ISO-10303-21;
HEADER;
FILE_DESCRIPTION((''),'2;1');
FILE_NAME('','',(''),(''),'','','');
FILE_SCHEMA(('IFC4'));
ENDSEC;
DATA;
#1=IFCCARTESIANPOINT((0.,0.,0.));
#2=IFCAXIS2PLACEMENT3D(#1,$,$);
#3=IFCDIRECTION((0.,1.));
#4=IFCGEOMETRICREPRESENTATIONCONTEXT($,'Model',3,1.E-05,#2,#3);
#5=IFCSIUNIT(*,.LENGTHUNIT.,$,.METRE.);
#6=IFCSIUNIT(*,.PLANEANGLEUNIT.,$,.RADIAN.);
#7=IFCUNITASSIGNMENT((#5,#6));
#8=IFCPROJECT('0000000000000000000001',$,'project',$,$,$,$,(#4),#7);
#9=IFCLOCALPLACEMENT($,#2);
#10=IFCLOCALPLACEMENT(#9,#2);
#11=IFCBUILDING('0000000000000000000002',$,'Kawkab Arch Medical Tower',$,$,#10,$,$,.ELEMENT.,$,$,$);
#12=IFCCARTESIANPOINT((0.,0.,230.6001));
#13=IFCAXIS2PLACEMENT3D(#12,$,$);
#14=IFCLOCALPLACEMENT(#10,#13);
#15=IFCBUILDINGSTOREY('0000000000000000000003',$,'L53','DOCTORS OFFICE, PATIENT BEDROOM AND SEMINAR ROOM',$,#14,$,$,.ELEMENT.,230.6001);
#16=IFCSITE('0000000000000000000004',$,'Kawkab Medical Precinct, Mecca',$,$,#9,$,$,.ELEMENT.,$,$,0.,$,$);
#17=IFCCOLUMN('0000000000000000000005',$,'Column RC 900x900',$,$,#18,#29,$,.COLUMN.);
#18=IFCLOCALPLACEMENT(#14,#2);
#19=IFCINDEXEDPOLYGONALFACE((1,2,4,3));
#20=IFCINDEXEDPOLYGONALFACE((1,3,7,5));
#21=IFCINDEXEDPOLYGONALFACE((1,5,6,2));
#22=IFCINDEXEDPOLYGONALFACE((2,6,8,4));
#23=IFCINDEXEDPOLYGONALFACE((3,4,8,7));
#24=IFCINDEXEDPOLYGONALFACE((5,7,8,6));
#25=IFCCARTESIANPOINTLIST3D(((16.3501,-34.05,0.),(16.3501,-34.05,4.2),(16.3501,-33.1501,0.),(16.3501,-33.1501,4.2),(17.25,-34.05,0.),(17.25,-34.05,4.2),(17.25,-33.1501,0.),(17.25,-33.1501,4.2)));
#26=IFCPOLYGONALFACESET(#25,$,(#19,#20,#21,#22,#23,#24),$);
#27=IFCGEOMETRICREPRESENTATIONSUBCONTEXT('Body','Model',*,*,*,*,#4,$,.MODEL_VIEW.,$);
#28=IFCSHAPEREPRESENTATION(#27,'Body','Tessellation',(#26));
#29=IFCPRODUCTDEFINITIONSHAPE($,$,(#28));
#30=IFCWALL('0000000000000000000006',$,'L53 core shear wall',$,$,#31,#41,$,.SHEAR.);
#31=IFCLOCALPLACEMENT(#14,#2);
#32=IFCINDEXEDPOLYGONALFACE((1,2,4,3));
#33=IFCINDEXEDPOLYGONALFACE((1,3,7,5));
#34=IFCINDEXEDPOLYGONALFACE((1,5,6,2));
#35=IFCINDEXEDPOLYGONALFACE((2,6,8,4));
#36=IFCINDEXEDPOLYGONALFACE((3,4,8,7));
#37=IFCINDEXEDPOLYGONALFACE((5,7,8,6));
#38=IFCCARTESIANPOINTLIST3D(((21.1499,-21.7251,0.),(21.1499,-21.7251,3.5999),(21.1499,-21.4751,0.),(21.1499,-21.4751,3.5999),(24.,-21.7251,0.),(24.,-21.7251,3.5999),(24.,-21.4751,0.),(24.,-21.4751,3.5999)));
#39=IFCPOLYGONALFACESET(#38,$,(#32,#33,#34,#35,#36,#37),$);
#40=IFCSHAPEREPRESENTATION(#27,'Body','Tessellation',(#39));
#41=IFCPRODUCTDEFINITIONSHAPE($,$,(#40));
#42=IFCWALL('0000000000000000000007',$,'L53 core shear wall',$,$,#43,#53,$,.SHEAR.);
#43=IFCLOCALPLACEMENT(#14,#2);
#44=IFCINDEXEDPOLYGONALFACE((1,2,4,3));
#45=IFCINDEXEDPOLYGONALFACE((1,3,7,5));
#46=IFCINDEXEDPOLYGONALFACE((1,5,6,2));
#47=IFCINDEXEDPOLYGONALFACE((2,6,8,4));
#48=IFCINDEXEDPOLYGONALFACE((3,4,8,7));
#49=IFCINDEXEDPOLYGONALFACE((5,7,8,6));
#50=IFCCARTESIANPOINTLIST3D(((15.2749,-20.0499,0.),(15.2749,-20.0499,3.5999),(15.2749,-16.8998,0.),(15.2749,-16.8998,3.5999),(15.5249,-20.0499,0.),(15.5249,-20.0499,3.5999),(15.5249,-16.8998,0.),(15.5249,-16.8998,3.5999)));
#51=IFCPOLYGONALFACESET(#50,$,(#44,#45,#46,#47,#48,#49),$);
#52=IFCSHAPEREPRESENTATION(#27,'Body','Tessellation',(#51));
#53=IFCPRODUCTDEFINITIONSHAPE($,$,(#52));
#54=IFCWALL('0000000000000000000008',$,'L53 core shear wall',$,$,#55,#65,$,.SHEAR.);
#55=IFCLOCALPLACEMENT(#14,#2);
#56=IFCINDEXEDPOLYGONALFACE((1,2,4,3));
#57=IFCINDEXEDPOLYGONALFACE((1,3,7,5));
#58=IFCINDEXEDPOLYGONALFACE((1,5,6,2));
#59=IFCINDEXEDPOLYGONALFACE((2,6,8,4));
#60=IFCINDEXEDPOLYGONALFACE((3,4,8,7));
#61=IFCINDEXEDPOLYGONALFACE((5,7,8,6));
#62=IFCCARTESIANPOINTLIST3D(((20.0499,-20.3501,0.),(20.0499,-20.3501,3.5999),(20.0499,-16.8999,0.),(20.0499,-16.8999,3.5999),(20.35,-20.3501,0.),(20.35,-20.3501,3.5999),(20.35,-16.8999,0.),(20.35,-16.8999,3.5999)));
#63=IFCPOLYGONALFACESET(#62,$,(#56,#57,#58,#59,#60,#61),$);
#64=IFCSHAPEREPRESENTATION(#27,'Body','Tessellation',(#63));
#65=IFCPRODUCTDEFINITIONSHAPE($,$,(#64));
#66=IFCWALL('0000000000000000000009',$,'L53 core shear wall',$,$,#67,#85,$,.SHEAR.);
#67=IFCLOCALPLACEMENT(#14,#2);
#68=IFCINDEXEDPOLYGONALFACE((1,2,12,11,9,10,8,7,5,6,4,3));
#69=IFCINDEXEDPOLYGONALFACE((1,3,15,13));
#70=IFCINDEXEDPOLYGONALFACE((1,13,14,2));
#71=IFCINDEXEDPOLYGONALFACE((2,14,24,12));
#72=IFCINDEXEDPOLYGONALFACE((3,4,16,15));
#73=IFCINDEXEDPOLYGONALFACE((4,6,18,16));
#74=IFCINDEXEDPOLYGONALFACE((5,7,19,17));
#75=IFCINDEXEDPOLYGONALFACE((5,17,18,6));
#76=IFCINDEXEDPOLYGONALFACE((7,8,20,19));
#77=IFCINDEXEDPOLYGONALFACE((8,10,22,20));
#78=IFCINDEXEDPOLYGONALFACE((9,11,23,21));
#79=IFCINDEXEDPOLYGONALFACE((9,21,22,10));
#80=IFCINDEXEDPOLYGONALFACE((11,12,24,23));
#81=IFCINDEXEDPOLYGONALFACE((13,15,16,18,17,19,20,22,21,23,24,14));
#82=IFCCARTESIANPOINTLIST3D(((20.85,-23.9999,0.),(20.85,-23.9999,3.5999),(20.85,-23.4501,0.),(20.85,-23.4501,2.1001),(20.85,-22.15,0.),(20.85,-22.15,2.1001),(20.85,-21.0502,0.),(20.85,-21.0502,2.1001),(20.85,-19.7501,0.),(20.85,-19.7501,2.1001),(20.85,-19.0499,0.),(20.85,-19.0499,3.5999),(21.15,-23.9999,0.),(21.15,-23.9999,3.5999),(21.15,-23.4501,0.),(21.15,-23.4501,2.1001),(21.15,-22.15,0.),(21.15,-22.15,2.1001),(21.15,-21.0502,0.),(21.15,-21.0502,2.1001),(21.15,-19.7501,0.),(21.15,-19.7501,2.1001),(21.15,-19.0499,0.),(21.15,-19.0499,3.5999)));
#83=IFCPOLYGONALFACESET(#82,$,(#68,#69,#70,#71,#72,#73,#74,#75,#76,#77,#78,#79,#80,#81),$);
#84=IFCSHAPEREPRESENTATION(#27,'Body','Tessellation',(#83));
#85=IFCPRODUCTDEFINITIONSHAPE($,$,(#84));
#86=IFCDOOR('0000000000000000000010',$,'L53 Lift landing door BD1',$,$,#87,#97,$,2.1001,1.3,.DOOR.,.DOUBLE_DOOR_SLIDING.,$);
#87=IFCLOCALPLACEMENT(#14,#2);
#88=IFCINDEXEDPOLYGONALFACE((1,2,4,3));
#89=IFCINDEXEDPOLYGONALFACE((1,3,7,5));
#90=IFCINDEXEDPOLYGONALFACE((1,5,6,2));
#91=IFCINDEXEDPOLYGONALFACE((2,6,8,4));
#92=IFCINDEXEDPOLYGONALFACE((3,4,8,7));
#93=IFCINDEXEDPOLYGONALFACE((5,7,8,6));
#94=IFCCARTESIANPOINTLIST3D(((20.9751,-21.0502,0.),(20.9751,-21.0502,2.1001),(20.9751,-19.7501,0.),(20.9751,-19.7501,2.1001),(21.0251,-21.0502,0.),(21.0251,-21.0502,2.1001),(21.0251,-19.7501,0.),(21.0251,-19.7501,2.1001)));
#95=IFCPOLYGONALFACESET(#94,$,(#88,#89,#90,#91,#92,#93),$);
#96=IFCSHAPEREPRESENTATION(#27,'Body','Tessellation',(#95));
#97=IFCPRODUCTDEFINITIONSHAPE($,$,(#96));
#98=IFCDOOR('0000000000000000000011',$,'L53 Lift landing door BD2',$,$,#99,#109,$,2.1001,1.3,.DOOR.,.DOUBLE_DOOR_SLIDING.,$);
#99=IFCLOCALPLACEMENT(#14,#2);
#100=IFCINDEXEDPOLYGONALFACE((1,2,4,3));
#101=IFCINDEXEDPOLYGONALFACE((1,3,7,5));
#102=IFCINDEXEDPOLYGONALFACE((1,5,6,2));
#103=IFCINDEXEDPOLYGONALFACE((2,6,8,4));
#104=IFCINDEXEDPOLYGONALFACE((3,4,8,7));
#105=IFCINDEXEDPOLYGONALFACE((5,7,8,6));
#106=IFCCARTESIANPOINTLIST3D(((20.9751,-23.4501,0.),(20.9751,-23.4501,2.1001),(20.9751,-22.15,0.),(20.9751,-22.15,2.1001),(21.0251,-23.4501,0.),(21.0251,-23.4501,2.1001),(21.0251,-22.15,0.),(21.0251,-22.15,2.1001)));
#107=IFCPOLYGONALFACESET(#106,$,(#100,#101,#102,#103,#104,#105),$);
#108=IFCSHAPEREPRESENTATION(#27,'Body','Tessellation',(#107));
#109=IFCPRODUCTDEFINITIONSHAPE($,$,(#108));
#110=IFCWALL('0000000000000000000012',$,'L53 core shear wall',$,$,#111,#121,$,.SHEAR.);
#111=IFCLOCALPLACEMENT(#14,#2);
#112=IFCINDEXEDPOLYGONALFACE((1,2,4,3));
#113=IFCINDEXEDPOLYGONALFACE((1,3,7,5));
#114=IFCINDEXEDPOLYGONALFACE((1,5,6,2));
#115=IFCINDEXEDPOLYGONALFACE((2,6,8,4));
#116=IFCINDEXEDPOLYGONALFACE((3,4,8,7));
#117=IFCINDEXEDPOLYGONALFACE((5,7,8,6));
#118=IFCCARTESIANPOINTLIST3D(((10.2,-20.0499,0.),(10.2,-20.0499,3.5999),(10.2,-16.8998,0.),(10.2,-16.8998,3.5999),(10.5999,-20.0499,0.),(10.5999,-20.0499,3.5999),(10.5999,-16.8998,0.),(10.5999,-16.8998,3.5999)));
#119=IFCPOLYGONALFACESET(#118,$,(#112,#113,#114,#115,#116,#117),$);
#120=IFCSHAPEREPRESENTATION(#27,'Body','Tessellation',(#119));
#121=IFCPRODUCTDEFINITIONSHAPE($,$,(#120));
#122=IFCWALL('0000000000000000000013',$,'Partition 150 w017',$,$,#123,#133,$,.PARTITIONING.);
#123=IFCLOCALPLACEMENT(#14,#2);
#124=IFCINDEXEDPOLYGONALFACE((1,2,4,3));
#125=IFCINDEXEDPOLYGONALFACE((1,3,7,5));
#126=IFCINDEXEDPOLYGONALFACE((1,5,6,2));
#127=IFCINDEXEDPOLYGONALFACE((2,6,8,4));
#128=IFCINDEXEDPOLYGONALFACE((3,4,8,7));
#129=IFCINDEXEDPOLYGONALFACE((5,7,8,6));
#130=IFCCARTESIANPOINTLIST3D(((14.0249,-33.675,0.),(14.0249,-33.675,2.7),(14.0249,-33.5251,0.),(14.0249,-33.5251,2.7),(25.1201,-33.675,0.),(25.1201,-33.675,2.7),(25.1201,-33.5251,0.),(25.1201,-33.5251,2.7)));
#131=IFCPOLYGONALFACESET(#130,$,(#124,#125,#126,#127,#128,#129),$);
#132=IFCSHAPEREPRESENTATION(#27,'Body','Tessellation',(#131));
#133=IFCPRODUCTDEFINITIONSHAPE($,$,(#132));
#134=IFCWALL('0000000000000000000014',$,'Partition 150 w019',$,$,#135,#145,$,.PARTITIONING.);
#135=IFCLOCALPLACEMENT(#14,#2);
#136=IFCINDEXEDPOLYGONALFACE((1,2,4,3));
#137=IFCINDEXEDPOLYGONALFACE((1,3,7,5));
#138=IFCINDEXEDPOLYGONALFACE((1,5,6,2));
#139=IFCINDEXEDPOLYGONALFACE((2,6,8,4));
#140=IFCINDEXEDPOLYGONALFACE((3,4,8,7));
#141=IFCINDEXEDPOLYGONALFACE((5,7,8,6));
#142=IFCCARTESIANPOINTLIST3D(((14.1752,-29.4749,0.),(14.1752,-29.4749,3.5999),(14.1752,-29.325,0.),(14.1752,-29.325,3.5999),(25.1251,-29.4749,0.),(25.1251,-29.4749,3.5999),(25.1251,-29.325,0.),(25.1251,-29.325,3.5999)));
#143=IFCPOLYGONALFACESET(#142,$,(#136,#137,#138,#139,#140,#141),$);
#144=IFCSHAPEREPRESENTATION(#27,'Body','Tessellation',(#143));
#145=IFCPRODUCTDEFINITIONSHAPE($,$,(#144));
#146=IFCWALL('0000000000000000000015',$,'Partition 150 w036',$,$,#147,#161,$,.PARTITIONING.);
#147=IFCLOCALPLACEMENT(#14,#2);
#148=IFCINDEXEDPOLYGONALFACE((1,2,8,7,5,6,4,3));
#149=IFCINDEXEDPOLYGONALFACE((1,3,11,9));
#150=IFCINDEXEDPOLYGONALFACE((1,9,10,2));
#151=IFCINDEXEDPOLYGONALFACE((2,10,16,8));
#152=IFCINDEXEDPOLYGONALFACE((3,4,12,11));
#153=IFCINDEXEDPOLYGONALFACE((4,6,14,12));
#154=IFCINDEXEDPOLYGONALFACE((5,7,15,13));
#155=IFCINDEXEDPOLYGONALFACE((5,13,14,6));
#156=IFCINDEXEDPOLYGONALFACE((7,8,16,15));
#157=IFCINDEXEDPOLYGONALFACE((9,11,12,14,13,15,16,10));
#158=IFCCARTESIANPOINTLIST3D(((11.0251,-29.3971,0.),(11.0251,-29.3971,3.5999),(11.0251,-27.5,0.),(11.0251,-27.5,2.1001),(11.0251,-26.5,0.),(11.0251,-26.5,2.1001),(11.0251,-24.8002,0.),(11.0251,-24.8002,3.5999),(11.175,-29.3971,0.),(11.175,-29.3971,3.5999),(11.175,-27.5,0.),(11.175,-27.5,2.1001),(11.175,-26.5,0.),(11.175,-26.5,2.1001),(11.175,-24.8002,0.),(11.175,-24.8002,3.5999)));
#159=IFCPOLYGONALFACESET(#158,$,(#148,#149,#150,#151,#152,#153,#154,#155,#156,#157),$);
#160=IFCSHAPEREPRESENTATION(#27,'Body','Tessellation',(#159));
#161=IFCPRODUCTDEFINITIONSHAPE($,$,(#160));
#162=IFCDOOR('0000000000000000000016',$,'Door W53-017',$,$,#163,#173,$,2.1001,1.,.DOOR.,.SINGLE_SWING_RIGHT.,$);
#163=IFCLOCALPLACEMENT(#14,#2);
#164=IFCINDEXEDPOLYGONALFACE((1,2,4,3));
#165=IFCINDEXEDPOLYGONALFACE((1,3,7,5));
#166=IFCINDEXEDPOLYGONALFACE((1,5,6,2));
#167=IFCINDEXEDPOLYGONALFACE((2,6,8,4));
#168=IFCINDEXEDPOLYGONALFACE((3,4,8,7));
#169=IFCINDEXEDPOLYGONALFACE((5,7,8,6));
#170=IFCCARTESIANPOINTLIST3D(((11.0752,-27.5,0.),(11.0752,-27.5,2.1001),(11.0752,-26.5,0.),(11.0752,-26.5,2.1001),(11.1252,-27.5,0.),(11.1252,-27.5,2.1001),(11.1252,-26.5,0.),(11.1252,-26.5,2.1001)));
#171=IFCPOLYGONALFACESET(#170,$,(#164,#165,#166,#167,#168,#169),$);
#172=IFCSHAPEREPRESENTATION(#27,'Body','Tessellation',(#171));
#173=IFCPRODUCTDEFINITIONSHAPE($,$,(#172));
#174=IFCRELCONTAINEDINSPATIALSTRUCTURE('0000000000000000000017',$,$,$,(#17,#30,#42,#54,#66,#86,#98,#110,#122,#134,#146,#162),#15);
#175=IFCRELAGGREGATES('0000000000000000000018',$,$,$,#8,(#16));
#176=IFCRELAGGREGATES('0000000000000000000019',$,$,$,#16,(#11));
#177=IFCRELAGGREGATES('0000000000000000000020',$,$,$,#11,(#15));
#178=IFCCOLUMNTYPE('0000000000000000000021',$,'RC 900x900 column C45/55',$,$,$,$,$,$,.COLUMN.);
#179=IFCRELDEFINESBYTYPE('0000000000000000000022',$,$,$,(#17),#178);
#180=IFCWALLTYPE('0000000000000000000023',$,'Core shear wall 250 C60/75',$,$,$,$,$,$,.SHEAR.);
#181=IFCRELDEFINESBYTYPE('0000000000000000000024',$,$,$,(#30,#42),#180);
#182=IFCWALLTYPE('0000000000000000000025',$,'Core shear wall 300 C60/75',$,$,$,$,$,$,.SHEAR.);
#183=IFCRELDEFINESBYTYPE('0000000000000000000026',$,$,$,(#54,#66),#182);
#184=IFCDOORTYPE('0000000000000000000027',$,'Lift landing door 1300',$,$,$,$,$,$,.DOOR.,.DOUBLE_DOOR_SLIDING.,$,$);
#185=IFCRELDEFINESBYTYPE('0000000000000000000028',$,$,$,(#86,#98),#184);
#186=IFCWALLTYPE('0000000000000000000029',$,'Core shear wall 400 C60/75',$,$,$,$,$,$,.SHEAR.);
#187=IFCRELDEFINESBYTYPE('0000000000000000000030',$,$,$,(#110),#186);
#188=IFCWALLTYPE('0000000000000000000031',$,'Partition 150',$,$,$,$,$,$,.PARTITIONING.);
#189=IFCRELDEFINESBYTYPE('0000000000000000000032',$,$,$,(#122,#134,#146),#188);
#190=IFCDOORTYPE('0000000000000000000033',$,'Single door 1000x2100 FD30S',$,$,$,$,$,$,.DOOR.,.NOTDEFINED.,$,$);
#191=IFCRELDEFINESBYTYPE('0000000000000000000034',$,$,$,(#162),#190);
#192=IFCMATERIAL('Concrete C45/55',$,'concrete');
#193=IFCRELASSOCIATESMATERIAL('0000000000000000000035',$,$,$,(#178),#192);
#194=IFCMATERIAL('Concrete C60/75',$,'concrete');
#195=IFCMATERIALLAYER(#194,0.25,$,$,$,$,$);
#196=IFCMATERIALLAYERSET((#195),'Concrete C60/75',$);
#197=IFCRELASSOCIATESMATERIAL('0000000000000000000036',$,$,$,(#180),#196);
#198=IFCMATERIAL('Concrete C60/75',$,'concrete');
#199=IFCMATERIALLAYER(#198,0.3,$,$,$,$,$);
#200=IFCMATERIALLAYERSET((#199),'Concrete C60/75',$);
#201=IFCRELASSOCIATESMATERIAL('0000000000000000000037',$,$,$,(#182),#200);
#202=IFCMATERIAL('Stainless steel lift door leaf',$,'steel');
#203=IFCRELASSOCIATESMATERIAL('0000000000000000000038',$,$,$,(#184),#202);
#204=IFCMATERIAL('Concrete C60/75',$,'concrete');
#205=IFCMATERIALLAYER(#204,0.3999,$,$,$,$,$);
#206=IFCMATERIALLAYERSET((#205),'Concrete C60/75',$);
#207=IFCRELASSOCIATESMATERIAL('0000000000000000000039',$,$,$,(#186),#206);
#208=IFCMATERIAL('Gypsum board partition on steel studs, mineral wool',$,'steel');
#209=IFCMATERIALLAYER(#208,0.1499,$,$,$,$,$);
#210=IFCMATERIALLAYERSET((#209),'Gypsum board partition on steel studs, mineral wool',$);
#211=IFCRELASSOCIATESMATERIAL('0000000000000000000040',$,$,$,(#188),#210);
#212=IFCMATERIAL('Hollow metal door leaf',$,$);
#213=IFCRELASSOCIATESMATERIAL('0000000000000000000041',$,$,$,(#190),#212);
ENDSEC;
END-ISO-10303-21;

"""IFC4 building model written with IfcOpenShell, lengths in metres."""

from ifc_helpers import new_model, si_unit, direction, frame, frame_2d, origin, origin_2d, place, context, subcontext, project, spatial, rectangle, extrude, material, layer, layer_set, material_profile, profile_set, type_object, element, fill, save


model = new_model("IFC4")

# Units and contexts
model_context = context("Model", 3, precision=1e-05, world=origin(), true_north=direction((0.0, 1.0)))
body_context = subcontext(model_context, "Body", "Model", "MODEL_VIEW")
ifc_project = project(units=[si_unit("LENGTHUNIT", "METRE"), si_unit("PLANEANGLEUNIT", "RADIAN")], contexts=[model_context])

# Site, building, storey
site_placement = place(None, origin())
site = spatial("IfcSite", under=ifc_project, at=site_placement, Name="Kawkab Medical Precinct, Mecca", CompositionType="ELEMENT", RefElevation=0.0)
building_placement = place(site_placement, origin())
building = spatial("IfcBuilding", under=site, at=building_placement, Name="Kawkab Arch Medical Tower", CompositionType="ELEMENT")
storey_placement = place(building_placement, frame((0.0, 0.0, 230.6001)))
storey = spatial("IfcBuildingStorey", under=building, at=storey_placement, Name="L53", Description="DOCTORS OFFICE, PATIENT BEDROOM AND SEMINAR ROOM", CompositionType="ELEMENT", Elevation=230.6001)

# Column
ifc_material_1 = material(Name="Concrete C45/55", Category="concrete")
ifc_material_profile = material_profile(ifc_material_1, rectangle(XDim=0.8999, YDim=0.8999, at=origin_2d()), Name="RC 900x900")
ifc_profile_set = profile_set([ifc_material_profile], Name="Concrete C45/55")
column_type = type_object("IfcColumnType", Name="RC 900x900 column C45/55", PredefinedType="COLUMN", material=ifc_profile_set)
column_placement = place(storey_placement, frame((16.8, -33.6001, 0.0), z_axis=(0.0, 0.0, 1.0), x_axis=(1.0, 0.0, 0.0)))
element("IfcColumn", 1, at=column_placement, inside=storey, type_object=column_type, Name="Column RC 900x900", PredefinedType="COLUMN", context=body_context, shape_type="SweptSolid", body=[
    extrude(rectangle(XDim=0.8999, YDim=0.8999, at=origin_2d()), origin(), (0.0, 0.0, 1.0), 4.2),
])

# Walls
ifc_material_2 = material(Name="Concrete C60/75", Category="concrete")
ifc_layer_1 = layer(ifc_material_2, 0.25)
ifc_layer_set_1 = layer_set([ifc_layer_1], Name="Concrete C60/75")
wall_type_1 = type_object("IfcWallType", Name="Core shear wall 250 C60/75", PredefinedType="SHEAR", material=ifc_layer_set_1)
wall_1_placement = place(storey_placement, frame((21.1499, -21.6001, 0.0), z_axis=(0.0, 0.0, 1.0), x_axis=(1.0, 0.0, 0.0)))
element("IfcWall", 2, at=wall_1_placement, inside=storey, type_object=wall_type_1, Name="L53 core shear wall", PredefinedType="SHEAR", context=body_context, shape_type="SweptSolid", body=[
    extrude(rectangle(XDim=2.8501, YDim=0.25, at=frame_2d((1.425, 0.0))), origin(), (0.0, 0.0, 1.0), 3.5999),
])
wall_2_placement = place(storey_placement, frame((15.3999, -20.05, 0.0), z_axis=(0.0, 0.0, 1.0), x_axis=(0.0, 1.0, 0.0)))
element("IfcWall", 3, at=wall_2_placement, inside=storey, type_object=wall_type_1, Name="L53 core shear wall", PredefinedType="SHEAR", context=body_context, shape_type="SweptSolid", body=[
    extrude(rectangle(XDim=3.1501, YDim=0.25, at=frame_2d((1.5752, 0.0))), origin(), (0.0, 0.0, 1.0), 3.5999),
])
ifc_material_3 = material(Name="Concrete C60/75", Category="concrete")
ifc_layer_2 = layer(ifc_material_3, 0.3)
ifc_layer_set_2 = layer_set([ifc_layer_2], Name="Concrete C60/75")
wall_type_2 = type_object("IfcWallType", Name="Core shear wall 300 C60/75", PredefinedType="SHEAR", material=ifc_layer_set_2)
wall_3_placement = place(storey_placement, frame((20.2, -20.3501, 0.0), z_axis=(0.0, 0.0, 1.0), x_axis=(0.0, 1.0, 0.0)))
element("IfcWall", 4, at=wall_3_placement, inside=storey, type_object=wall_type_2, Name="L53 core shear wall", PredefinedType="SHEAR", context=body_context, shape_type="SweptSolid", body=[
    extrude(rectangle(XDim=3.4502, YDim=0.3, at=frame_2d((1.7251, 0.0))), origin(), (0.0, 0.0, 1.0), 3.5999),
])

# Wall, openings, doors
wall_4_placement = place(storey_placement, frame((21.0, -24.0, 0.0), z_axis=(0.0, 0.0, 1.0), x_axis=(0.0, 1.0, 0.0)))
wall_4 = element("IfcWall", 5, at=wall_4_placement, inside=storey, type_object=wall_type_2, Name="L53 core shear wall", PredefinedType="SHEAR", context=body_context, shape_type="SweptSolid", body=[
    extrude(rectangle(XDim=4.95, YDim=0.3, at=frame_2d((2.4751, 0.0))), origin(), (0.0, 0.0, 1.0), 3.5999),
])
opening_1_placement = place(wall_4_placement, frame((2.95, 0.0, 0.0)))
opening_1 = element("IfcOpeningElement", 6, at=opening_1_placement, cuts=wall_4, PredefinedType="OPENING", context=body_context, shape_type="SweptSolid", body=[
    extrude(rectangle(XDim=1.3, YDim=2.1001, at=frame_2d((0.6499, 1.05))), frame((0.0, 0.1599, 0.0), z_axis=(0.0, -1.0, 0.0), x_axis=(1.0, 0.0, 0.0)), (0.0, 0.0, 1.0), 0.3201),
])
opening_2_placement = place(wall_4_placement, frame((0.55, 0.0, 0.0)))
opening_2 = element("IfcOpeningElement", 7, at=opening_2_placement, cuts=wall_4, PredefinedType="OPENING", context=body_context, shape_type="SweptSolid", body=[
    extrude(rectangle(XDim=1.3, YDim=2.1001, at=frame_2d((0.6499, 1.05))), frame((0.0, 0.1599, 0.0), z_axis=(0.0, -1.0, 0.0), x_axis=(1.0, 0.0, 0.0)), (0.0, 0.0, 1.0), 0.3201),
])
ifc_material_4 = material(Name="Stainless steel lift door leaf", Category="steel")
door_type_1 = type_object("IfcDoorType", Name="Lift landing door 1300", OperationType="DOUBLE_DOOR_SLIDING", PredefinedType="DOOR", material=ifc_material_4)
door_1_placement = place(opening_1_placement, origin())
door_1 = element("IfcDoor", 8, at=door_1_placement, inside=storey, type_object=door_type_1, Name="L53 Lift landing door BD1", OperationType="DOUBLE_DOOR_SLIDING", OverallHeight=2.1001, OverallWidth=1.3, PredefinedType="DOOR", context=body_context, shape_type="SweptSolid", body=[
    extrude(rectangle(XDim=1.3, YDim=2.1001, at=frame_2d((0.6499, 1.05))), frame((0.0, 0.0249, 0.0), z_axis=(0.0, -1.0, 0.0), x_axis=(1.0, 0.0, 0.0)), (0.0, 0.0, 1.0), 0.05),
])
fill(opening_1, door_1)
door_2_placement = place(opening_2_placement, origin())
door_2 = element("IfcDoor", 9, at=door_2_placement, inside=storey, type_object=door_type_1, Name="L53 Lift landing door BD2", OperationType="DOUBLE_DOOR_SLIDING", OverallHeight=2.1001, OverallWidth=1.3, PredefinedType="DOOR", context=body_context, shape_type="SweptSolid", body=[
    extrude(rectangle(XDim=1.3, YDim=2.1001, at=frame_2d((0.6499, 1.05))), frame((0.0, 0.0249, 0.0), z_axis=(0.0, -1.0, 0.0), x_axis=(1.0, 0.0, 0.0)), (0.0, 0.0, 1.0), 0.05),
])
fill(opening_2, door_2)

# Walls
ifc_material_5 = material(Name="Concrete C60/75", Category="concrete")
ifc_layer_3 = layer(ifc_material_5, 0.3999)
ifc_layer_set_3 = layer_set([ifc_layer_3], Name="Concrete C60/75")
wall_type_3 = type_object("IfcWallType", Name="Core shear wall 400 C60/75", PredefinedType="SHEAR", material=ifc_layer_set_3)
wall_5_placement = place(storey_placement, frame((10.3999, -20.05, 0.0), z_axis=(0.0, 0.0, 1.0), x_axis=(0.0, 1.0, 0.0)))
element("IfcWall", 10, at=wall_5_placement, inside=storey, type_object=wall_type_3, Name="L53 core shear wall", PredefinedType="SHEAR", context=body_context, shape_type="SweptSolid", body=[
    extrude(rectangle(XDim=3.1501, YDim=0.3999, at=frame_2d((1.5752, 0.0))), origin(), (0.0, 0.0, 1.0), 3.5999),
])
ifc_material_6 = material(Name="Gypsum board partition on steel studs, mineral wool", Category="steel")
ifc_layer_4 = layer(ifc_material_6, 0.1499)
ifc_layer_set_4 = layer_set([ifc_layer_4], Name="Gypsum board partition on steel studs, mineral wool")
wall_type_4 = type_object("IfcWallType", Name="Partition 150", PredefinedType="PARTITIONING", material=ifc_layer_set_4)
wall_6_placement = place(storey_placement, frame((14.0249, -33.6001, 0.0), z_axis=(0.0, 0.0, 1.0), x_axis=(1.0, 0.0, 0.0)))
element("IfcWall", 11, at=wall_6_placement, inside=storey, type_object=wall_type_4, Name="Partition 150 w017", PredefinedType="PARTITIONING", context=body_context, shape_type="SweptSolid", body=[
    extrude(rectangle(XDim=11.0952, YDim=0.1499, at=frame_2d((5.5476, 0.0))), origin(), (0.0, 0.0, 1.0), 2.7),
])
wall_7_placement = place(storey_placement, frame((14.175, -29.3999, 0.0), z_axis=(0.0, 0.0, 1.0), x_axis=(1.0, 0.0, 0.0)))
element("IfcWall", 12, at=wall_7_placement, inside=storey, type_object=wall_type_4, Name="Partition 150 w019", PredefinedType="PARTITIONING", context=body_context, shape_type="SweptSolid", body=[
    extrude(rectangle(XDim=10.95, YDim=0.1499, at=frame_2d((5.4751, 0.0))), origin(), (0.0, 0.0, 1.0), 3.5999),
])

# Wall, opening, door
wall_8_placement = place(storey_placement, frame((11.1001, -29.397, 0.0), z_axis=(0.0, 0.0, 1.0), x_axis=(0.0, 1.0, 0.0)))
wall_8 = element("IfcWall", 13, at=wall_8_placement, inside=storey, type_object=wall_type_4, Name="Partition 150 w036", PredefinedType="PARTITIONING", context=body_context, shape_type="SweptSolid", body=[
    extrude(rectangle(XDim=4.5969, YDim=0.1499, at=frame_2d((2.2983, 0.0))), origin(), (0.0, 0.0, 1.0), 3.5999),
])
opening_3_placement = place(wall_8_placement, frame((1.897, 0.0, 0.0)))
opening_3 = element("IfcOpeningElement", 14, at=opening_3_placement, cuts=wall_8, PredefinedType="OPENING", context=body_context, shape_type="SweptSolid", body=[
    extrude(rectangle(XDim=1.0, YDim=2.1001, at=frame_2d((0.5, 1.05))), frame((0.0, 0.085, 0.0), z_axis=(0.0, -1.0, 0.0), x_axis=(1.0, 0.0, 0.0)), (0.0, 0.0, 1.0), 0.1699),
])
ifc_material_7 = material(Name="Hollow metal door leaf")
door_type_2 = type_object("IfcDoorType", Name="Single door 1000x2100 FD30S", OperationType="NOTDEFINED", PredefinedType="DOOR", material=ifc_material_7)
door_3_placement = place(opening_3_placement, origin())
door_3 = element("IfcDoor", 15, at=door_3_placement, inside=storey, type_object=door_type_2, Name="Door W53-017", OperationType="SINGLE_SWING_RIGHT", OverallHeight=2.1001, OverallWidth=1.0, PredefinedType="DOOR", context=body_context, shape_type="SweptSolid", body=[
    extrude(rectangle(XDim=1.0, YDim=2.1001, at=frame_2d((0.5, 1.05))), frame((0.0, 0.0249, 0.0), z_axis=(0.0, -1.0, 0.0), x_axis=(1.0, 0.0, 0.0)), (0.0, 0.0, 1.0), 0.05),
])
fill(opening_3, door_3)

save(model, "model.ifc")
